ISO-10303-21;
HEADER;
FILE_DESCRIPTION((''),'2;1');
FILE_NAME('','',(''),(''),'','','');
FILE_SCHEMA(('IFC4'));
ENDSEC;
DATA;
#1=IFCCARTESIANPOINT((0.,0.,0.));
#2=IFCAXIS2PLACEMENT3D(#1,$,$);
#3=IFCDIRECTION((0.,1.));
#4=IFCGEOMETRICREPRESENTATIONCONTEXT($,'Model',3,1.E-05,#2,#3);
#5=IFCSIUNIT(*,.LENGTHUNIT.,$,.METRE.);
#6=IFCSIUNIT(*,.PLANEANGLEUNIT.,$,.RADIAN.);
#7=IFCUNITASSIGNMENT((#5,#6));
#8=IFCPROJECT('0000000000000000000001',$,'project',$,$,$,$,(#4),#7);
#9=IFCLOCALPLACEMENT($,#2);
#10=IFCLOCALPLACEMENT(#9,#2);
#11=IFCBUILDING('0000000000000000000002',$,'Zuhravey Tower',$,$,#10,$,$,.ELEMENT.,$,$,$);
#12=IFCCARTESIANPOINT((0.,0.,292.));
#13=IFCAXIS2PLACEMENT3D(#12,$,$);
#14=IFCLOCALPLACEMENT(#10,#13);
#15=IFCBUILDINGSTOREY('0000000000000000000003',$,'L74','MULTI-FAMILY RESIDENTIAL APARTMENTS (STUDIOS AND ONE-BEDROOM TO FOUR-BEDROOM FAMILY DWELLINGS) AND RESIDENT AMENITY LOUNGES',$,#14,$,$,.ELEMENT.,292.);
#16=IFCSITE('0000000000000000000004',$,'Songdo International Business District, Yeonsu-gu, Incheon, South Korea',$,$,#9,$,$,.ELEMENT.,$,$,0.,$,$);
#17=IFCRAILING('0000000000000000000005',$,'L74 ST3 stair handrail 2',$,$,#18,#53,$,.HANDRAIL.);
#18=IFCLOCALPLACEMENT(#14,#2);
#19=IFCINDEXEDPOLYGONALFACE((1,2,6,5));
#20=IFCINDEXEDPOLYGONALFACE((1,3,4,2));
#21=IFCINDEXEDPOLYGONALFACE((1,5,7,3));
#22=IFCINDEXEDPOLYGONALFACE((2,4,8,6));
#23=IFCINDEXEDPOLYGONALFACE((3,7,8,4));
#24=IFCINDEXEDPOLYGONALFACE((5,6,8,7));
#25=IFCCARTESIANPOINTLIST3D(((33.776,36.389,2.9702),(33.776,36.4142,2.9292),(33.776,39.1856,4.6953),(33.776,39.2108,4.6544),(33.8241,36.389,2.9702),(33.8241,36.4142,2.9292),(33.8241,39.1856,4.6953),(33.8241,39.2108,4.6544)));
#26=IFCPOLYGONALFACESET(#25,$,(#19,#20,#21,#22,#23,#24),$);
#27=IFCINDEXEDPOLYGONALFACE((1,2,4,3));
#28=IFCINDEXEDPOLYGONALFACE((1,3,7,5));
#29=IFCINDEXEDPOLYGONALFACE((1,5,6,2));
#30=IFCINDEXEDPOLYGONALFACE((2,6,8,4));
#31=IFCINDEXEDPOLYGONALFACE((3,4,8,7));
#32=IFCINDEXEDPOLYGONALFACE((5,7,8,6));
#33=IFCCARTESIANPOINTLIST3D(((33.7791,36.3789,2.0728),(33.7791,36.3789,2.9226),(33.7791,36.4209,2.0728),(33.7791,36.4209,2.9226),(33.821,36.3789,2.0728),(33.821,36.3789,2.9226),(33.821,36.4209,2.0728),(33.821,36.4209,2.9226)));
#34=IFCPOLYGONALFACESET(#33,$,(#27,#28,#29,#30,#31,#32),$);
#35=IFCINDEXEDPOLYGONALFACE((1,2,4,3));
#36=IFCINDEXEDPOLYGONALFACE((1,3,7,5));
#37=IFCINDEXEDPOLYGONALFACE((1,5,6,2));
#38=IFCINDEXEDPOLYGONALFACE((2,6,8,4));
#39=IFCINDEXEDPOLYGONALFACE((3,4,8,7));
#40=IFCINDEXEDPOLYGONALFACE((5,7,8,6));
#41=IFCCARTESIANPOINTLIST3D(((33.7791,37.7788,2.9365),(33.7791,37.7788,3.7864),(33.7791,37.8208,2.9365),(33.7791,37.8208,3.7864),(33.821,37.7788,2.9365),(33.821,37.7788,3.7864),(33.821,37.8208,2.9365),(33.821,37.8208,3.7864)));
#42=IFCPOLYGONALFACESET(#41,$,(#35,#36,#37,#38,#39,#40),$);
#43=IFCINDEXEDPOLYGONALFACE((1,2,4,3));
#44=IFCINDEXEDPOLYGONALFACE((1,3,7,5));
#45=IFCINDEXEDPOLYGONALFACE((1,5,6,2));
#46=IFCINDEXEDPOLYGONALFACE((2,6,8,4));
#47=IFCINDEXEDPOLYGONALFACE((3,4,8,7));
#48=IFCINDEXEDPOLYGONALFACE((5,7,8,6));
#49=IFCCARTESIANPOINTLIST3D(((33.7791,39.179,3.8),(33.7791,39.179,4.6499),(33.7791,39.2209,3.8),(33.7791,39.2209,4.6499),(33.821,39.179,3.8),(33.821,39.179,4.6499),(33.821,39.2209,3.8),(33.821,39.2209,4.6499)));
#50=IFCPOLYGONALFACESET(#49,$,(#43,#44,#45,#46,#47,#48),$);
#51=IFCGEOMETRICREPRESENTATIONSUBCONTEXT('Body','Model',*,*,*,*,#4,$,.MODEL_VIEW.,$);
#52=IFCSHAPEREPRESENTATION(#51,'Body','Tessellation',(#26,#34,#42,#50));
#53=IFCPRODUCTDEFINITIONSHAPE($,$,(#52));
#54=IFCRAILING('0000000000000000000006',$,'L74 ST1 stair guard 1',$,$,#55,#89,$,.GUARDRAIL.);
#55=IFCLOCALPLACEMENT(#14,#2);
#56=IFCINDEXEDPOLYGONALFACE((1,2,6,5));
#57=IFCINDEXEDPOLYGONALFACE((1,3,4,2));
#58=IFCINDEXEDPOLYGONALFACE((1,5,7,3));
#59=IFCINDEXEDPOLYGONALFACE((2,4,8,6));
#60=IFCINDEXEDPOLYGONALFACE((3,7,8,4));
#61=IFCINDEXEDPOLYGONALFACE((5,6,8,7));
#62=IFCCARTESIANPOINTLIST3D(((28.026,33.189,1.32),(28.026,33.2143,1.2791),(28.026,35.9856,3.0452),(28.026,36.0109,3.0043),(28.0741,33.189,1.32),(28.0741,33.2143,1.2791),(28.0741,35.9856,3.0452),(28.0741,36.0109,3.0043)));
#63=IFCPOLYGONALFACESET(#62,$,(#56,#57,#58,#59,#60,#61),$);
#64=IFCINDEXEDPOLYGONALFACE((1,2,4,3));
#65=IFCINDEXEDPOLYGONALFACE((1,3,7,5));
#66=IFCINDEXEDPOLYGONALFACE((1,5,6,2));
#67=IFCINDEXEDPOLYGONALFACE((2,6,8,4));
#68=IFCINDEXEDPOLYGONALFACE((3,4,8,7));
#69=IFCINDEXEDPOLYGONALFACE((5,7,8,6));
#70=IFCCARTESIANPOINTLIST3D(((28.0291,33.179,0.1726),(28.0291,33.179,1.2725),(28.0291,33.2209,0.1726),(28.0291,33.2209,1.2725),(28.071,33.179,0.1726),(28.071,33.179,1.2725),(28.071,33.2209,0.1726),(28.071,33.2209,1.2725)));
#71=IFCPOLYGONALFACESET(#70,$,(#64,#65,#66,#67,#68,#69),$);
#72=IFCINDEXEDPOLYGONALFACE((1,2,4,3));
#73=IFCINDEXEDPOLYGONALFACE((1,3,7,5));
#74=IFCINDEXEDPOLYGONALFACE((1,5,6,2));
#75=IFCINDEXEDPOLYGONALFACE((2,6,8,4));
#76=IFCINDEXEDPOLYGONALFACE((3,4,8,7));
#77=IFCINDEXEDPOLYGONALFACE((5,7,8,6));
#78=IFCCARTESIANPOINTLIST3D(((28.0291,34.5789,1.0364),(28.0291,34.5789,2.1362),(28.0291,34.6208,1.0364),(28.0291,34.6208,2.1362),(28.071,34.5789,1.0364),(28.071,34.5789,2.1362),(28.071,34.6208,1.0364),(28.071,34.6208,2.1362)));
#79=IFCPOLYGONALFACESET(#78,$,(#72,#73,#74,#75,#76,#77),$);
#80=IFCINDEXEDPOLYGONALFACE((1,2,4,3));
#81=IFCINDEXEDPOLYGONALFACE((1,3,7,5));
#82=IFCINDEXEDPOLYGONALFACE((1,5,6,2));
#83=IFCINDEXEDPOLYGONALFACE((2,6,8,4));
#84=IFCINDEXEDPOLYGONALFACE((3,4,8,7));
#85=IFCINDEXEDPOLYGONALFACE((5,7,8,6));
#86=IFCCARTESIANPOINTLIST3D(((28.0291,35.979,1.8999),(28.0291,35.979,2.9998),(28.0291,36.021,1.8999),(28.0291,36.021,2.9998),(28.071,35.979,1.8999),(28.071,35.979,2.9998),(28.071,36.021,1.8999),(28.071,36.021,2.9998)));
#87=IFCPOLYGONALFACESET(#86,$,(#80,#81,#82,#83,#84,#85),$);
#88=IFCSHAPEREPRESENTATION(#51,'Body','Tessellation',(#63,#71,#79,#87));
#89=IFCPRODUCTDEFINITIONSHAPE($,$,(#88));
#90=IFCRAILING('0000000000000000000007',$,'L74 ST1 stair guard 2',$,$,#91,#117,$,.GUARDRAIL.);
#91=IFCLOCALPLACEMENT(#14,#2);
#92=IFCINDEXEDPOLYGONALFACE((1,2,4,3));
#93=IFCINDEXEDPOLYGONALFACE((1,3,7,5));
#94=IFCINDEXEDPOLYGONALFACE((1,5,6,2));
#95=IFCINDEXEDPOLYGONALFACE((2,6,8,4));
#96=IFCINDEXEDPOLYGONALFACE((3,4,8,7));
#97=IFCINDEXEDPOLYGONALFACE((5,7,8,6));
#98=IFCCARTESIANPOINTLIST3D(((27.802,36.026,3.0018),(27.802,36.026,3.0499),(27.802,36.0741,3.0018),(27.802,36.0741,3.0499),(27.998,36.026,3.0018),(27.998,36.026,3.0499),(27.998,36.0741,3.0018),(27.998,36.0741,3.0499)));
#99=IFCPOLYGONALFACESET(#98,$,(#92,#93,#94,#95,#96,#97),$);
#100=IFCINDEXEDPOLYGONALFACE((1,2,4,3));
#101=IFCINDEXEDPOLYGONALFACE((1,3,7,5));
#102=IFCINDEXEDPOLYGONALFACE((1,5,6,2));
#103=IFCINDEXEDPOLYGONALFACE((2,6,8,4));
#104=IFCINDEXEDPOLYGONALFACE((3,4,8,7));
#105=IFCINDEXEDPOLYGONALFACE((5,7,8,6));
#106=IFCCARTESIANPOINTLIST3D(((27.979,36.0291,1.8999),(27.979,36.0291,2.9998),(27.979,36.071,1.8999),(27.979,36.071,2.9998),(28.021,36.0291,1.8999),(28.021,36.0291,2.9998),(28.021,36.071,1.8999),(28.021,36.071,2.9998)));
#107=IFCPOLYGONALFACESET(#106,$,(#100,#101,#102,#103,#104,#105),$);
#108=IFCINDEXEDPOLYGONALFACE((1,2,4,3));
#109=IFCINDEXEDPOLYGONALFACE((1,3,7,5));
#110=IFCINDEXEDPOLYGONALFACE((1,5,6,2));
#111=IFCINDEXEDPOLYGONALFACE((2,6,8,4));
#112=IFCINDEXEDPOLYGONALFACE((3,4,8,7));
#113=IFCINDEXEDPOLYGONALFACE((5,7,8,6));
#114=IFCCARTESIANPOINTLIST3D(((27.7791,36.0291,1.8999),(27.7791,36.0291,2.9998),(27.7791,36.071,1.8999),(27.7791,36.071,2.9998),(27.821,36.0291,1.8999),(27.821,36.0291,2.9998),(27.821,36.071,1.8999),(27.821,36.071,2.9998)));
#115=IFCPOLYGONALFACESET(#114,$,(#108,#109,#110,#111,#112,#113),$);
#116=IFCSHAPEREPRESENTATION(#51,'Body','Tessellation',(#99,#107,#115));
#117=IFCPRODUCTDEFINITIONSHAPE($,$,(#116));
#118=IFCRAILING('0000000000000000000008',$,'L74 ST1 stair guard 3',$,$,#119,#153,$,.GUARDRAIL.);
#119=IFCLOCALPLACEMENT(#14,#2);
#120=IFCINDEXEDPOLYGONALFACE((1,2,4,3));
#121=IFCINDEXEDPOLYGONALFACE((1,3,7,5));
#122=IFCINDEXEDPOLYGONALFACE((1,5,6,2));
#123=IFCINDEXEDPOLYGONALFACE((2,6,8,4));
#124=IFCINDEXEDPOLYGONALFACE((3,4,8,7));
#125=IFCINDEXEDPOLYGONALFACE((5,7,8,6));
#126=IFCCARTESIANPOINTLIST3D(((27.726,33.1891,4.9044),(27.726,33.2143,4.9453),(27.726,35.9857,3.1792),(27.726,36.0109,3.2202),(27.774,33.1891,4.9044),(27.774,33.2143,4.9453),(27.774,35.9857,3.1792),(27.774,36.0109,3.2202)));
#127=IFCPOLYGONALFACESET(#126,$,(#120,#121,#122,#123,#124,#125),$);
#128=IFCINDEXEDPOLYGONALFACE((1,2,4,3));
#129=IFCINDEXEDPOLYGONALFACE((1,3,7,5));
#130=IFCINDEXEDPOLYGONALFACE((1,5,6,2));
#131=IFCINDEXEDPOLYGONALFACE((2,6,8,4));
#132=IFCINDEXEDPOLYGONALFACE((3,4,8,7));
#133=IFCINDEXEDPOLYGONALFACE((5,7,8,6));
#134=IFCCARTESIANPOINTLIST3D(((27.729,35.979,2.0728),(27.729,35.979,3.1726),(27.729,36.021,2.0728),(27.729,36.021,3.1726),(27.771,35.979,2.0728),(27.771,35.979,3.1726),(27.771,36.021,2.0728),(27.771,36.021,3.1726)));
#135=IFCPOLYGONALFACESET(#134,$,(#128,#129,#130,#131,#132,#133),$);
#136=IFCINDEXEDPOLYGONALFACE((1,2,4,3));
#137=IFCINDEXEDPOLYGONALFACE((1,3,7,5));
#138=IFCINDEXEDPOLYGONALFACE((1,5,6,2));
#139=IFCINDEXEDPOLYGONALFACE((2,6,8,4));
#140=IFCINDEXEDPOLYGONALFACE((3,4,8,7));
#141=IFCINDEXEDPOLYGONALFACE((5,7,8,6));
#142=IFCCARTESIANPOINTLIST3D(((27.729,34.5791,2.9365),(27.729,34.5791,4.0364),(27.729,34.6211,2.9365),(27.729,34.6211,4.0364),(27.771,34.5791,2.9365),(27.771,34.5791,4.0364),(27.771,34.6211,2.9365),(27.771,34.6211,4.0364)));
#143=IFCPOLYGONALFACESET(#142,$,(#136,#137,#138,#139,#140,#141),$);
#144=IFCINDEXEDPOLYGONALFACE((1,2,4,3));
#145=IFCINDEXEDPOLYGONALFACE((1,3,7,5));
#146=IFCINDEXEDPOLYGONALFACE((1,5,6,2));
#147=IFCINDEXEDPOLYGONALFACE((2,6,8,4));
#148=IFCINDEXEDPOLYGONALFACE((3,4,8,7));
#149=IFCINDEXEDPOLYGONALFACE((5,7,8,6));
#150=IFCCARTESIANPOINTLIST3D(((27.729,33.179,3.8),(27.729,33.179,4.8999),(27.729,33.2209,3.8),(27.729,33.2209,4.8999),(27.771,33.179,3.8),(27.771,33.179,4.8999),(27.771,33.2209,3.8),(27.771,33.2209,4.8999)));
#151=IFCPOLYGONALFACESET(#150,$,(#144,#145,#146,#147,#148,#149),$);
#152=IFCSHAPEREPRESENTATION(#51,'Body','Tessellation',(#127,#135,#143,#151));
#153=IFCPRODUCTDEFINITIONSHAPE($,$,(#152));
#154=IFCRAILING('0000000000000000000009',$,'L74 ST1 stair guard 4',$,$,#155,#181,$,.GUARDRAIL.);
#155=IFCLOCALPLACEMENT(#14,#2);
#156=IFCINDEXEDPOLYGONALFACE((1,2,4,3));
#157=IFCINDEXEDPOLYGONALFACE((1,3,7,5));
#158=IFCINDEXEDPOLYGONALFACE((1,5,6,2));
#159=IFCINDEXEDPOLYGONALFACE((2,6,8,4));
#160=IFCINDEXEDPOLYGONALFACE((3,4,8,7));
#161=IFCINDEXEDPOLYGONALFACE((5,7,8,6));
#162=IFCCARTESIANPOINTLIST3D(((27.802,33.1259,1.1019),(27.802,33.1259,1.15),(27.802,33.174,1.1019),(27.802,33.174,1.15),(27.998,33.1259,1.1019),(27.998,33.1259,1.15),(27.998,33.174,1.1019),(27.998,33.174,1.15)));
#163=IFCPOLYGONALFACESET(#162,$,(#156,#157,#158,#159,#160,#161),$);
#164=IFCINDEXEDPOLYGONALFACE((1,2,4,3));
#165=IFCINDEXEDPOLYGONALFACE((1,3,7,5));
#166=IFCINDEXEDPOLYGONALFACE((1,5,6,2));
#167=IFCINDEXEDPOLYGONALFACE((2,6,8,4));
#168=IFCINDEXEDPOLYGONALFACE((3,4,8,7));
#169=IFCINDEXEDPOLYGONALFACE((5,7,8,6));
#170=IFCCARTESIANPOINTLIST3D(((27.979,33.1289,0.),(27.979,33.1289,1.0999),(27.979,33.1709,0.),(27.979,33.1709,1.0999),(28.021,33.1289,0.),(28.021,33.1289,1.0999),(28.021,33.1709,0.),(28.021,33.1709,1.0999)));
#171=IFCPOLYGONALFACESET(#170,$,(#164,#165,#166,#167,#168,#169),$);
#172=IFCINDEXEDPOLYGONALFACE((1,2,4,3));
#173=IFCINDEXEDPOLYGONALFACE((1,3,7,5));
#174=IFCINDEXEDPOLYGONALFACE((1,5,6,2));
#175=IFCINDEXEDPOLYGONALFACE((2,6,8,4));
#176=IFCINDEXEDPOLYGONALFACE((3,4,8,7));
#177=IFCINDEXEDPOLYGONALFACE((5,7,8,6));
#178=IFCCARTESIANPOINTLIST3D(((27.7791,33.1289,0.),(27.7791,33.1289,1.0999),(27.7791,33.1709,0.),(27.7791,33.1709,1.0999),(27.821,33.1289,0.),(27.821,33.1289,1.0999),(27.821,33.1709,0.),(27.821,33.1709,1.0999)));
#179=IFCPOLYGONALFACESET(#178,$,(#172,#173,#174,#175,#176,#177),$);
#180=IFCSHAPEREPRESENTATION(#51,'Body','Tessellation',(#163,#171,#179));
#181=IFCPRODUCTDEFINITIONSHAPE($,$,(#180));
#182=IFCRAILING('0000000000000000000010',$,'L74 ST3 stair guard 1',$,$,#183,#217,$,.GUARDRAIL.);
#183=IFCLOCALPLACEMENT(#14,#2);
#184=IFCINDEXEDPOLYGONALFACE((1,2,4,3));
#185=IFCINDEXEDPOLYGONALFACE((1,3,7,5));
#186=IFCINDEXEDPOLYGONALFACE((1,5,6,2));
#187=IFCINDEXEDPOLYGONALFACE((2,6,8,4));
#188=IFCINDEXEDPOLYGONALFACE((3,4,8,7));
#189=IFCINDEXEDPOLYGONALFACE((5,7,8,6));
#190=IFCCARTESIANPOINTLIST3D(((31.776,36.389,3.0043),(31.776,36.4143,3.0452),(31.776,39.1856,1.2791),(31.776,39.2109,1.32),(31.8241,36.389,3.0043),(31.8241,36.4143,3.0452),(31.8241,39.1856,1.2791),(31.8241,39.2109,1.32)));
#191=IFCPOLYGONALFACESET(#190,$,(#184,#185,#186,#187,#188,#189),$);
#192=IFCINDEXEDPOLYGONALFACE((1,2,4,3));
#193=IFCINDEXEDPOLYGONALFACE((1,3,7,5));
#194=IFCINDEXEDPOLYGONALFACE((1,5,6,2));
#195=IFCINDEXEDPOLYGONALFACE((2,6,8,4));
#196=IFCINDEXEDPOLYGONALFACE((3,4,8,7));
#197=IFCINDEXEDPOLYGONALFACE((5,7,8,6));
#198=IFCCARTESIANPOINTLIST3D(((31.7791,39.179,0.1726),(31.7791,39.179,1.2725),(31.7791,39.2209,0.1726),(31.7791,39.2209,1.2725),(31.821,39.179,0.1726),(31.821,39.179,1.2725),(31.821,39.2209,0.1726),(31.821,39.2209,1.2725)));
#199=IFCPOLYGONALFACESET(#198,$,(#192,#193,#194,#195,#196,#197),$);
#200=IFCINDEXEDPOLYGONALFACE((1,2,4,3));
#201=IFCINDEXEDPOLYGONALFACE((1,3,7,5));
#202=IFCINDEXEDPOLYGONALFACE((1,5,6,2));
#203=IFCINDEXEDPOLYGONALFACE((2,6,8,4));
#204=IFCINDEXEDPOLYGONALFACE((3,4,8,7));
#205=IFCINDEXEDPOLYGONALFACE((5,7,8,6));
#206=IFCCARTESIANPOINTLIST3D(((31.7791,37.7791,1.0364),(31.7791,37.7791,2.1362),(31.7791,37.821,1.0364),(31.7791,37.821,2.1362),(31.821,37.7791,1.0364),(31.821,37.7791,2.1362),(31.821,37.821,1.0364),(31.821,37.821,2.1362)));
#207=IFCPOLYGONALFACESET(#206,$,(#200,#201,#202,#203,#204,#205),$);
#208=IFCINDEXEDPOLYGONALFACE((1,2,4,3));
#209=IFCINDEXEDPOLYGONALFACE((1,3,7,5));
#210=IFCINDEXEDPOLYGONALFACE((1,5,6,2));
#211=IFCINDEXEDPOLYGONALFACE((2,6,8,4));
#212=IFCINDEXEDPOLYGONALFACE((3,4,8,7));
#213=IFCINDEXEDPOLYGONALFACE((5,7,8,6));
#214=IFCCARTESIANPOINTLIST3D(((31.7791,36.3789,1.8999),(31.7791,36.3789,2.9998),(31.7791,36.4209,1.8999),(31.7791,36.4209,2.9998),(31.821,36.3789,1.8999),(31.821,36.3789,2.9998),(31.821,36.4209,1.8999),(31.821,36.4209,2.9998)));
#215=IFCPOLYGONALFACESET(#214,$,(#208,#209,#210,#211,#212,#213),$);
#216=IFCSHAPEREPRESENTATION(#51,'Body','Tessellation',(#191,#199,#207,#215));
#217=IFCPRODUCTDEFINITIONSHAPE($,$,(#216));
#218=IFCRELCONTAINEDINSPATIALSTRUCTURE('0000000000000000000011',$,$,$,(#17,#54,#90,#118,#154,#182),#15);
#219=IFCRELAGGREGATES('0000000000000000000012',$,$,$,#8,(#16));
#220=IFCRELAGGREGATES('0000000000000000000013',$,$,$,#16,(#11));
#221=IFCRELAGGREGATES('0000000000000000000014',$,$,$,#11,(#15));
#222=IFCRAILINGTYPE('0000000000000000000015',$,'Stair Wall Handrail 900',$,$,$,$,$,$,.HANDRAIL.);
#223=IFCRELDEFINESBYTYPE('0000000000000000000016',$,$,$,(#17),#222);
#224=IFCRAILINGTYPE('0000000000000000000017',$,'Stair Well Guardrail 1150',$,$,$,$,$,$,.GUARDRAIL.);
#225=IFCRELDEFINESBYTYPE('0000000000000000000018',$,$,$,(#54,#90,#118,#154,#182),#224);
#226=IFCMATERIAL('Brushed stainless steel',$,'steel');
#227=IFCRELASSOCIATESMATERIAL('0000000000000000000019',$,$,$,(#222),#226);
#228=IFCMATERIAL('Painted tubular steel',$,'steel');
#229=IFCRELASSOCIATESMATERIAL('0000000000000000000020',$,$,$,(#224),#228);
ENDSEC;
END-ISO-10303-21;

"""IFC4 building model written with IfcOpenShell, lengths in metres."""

from ifc_helpers import new_model, si_unit, direction, frame, origin, origin_2d, place, context, subcontext, project, spatial, rectangle, extrude, material, type_object, element, save


model = new_model("IFC4")

# Units and contexts
model_context = context("Model", 3, precision=1e-05, world=origin(), true_north=direction((0.0, 1.0)))
body_context = subcontext(model_context, "Body", "Model", "MODEL_VIEW")
ifc_project = project(units=[si_unit("LENGTHUNIT", "METRE"), si_unit("PLANEANGLEUNIT", "RADIAN")], contexts=[model_context])

# Site, building, storey
site_placement = place(None, origin())
site = spatial("IfcSite", under=ifc_project, at=site_placement, Name="Songdo International Business District, Yeonsu-gu, Incheon, South Korea", CompositionType="ELEMENT", RefElevation=0.0)
building_placement = place(site_placement, origin())
building = spatial("IfcBuilding", under=site, at=building_placement, Name="Zuhravey Tower", CompositionType="ELEMENT")
storey_placement = place(building_placement, frame((0.0, 0.0, 292.0)))
storey = spatial("IfcBuildingStorey", under=building, at=storey_placement, Name="L74", Description="MULTI-FAMILY RESIDENTIAL APARTMENTS (STUDIOS AND ONE-BEDROOM TO FOUR-BEDROOM FAMILY DWELLINGS) AND RESIDENT AMENITY LOUNGES", CompositionType="ELEMENT", Elevation=292.0)

# Railings
ifc_material_1 = material(Name="Brushed stainless steel", Category="steel")
railing_type_1 = type_object("IfcRailingType", Name="Stair Wall Handrail 900", PredefinedType="HANDRAIL", material=ifc_material_1)
railing_1_placement = place(storey_placement, frame((33.8, 36.3999, 2.0728)))
element("IfcRailing", 1, at=railing_1_placement, inside=storey, type_object=railing_type_1, Name="L74 ST3 stair handrail 2", PredefinedType="HANDRAIL", context=body_context, shape_type="SweptSolid", body=[
    extrude(rectangle(XDim=0.0481, YDim=0.0481, at=origin_2d()), frame((0.0, 0.0017, 0.877), z_axis=(0.0, 0.85109, 0.52502), x_axis=(-1.0, 0.0, 0.0)), (0.0, 0.0, 1.0), 3.2859),
    extrude(rectangle(XDim=0.042, YDim=0.042, at=origin_2d()), origin(), (0.0, 0.0, 1.0), 0.8499),
    extrude(rectangle(XDim=0.042, YDim=0.042, at=origin_2d()), frame((0.0, 1.3999, 0.8638)), (0.0, 0.0, 1.0), 0.8499),
    extrude(rectangle(XDim=0.042, YDim=0.042, at=origin_2d()), frame((0.0, 2.8, 1.7273)), (0.0, 0.0, 1.0), 0.8499),
])
ifc_material_2 = material(Name="Painted tubular steel", Category="steel")
railing_type_2 = type_object("IfcRailingType", Name="Stair Well Guardrail 1150", PredefinedType="GUARDRAIL", material=ifc_material_2)
railing_2_placement = place(storey_placement, frame((28.05, 33.2, 0.1726)))
element("IfcRailing", 2, at=railing_2_placement, inside=storey, type_object=railing_type_2, Name="L74 ST1 stair guard 1", PredefinedType="GUARDRAIL", context=body_context, shape_type="SweptSolid", body=[
    extrude(rectangle(XDim=0.0481, YDim=0.0481, at=origin_2d()), frame((0.0, 0.0017, 1.127), z_axis=(0.0, 0.85109, 0.52502), x_axis=(-1.0, 0.0, 0.0)), (0.0, 0.0, 1.0), 3.2859),
    extrude(rectangle(XDim=0.042, YDim=0.042, at=origin_2d()), origin(), (0.0, 0.0, 1.0), 1.0999),
    extrude(rectangle(XDim=0.042, YDim=0.042, at=origin_2d()), frame((0.0, 1.3999, 0.8638)), (0.0, 0.0, 1.0), 1.0999),
    extrude(rectangle(XDim=0.042, YDim=0.042, at=origin_2d()), frame((0.0, 2.8, 1.7273)), (0.0, 0.0, 1.0), 1.0999),
])
railing_3_placement = place(storey_placement, frame((28.0, 36.05, 1.8999)))
element("IfcRailing", 3, at=railing_3_placement, inside=storey, type_object=railing_type_2, Name="L74 ST1 stair guard 2", PredefinedType="GUARDRAIL", context=body_context, shape_type="SweptSolid", body=[
    extrude(rectangle(XDim=0.0481, YDim=0.0481, at=origin_2d()), frame((-0.002, 0.0, 1.126), z_axis=(-1.0, 0.0, 0.0), x_axis=(0.0, -1.0, 0.0)), (0.0, 0.0, 1.0), 0.196),
    extrude(rectangle(XDim=0.042, YDim=0.042, at=origin_2d()), origin(), (0.0, 0.0, 1.0), 1.0999),
    extrude(rectangle(XDim=0.042, YDim=0.042, at=origin_2d()), frame((-0.2, 0.0, 0.0)), (0.0, 0.0, 1.0), 1.0999),
])
railing_4_placement = place(storey_placement, frame((27.75, 36.0, 2.0728)))
element("IfcRailing", 4, at=railing_4_placement, inside=storey, type_object=railing_type_2, Name="L74 ST1 stair guard 3", PredefinedType="GUARDRAIL", context=body_context, shape_type="SweptSolid", body=[
    extrude(rectangle(XDim=0.0481, YDim=0.0481, at=origin_2d()), frame((0.0, -0.0017, 1.127), z_axis=(0.0, -0.85109, 0.52502), x_axis=(1.0, 0.0, 0.0)), (0.0, 0.0, 1.0), 3.2859),
    extrude(rectangle(XDim=0.042, YDim=0.042, at=origin_2d()), origin(), (0.0, 0.0, 1.0), 1.0999),
    extrude(rectangle(XDim=0.042, YDim=0.042, at=origin_2d()), frame((0.0, -1.3999, 0.8638)), (0.0, 0.0, 1.0), 1.0999),
    extrude(rectangle(XDim=0.042, YDim=0.042, at=origin_2d()), frame((0.0, -2.8, 1.7273)), (0.0, 0.0, 1.0), 1.0999),
])
railing_5_placement = place(storey_placement, frame((28.0, 33.1499, 0.0)))
element("IfcRailing", 5, at=railing_5_placement, inside=storey, type_object=railing_type_2, Name="L74 ST1 stair guard 4", PredefinedType="GUARDRAIL", context=body_context, shape_type="SweptSolid", body=[
    extrude(rectangle(XDim=0.0481, YDim=0.0481, at=origin_2d()), frame((-0.002, 0.0, 1.126), z_axis=(-1.0, 0.0, 0.0), x_axis=(0.0, -1.0, 0.0)), (0.0, 0.0, 1.0), 0.196),
    extrude(rectangle(XDim=0.042, YDim=0.042, at=origin_2d()), origin(), (0.0, 0.0, 1.0), 1.0999),
    extrude(rectangle(XDim=0.042, YDim=0.042, at=origin_2d()), frame((-0.2, 0.0, 0.0)), (0.0, 0.0, 1.0), 1.0999),
])
railing_6_placement = place(storey_placement, frame((31.8, 39.2, 0.1726)))
element("IfcRailing", 6, at=railing_6_placement, inside=storey, type_object=railing_type_2, Name="L74 ST3 stair guard 1", PredefinedType="GUARDRAIL", context=body_context, shape_type="SweptSolid", body=[
    extrude(rectangle(XDim=0.0481, YDim=0.0481, at=origin_2d()), frame((0.0, -0.0017, 1.127), z_axis=(0.0, -0.85109, 0.52502), x_axis=(1.0, 0.0, 0.0)), (0.0, 0.0, 1.0), 3.2859),
    extrude(rectangle(XDim=0.042, YDim=0.042, at=origin_2d()), origin(), (0.0, 0.0, 1.0), 1.0999),
    extrude(rectangle(XDim=0.042, YDim=0.042, at=origin_2d()), frame((0.0, -1.3999, 0.8638)), (0.0, 0.0, 1.0), 1.0999),
    extrude(rectangle(XDim=0.042, YDim=0.042, at=origin_2d()), frame((0.0, -2.8, 1.7273)), (0.0, 0.0, 1.0), 1.0999),
])

save(model, "model.ifc")
